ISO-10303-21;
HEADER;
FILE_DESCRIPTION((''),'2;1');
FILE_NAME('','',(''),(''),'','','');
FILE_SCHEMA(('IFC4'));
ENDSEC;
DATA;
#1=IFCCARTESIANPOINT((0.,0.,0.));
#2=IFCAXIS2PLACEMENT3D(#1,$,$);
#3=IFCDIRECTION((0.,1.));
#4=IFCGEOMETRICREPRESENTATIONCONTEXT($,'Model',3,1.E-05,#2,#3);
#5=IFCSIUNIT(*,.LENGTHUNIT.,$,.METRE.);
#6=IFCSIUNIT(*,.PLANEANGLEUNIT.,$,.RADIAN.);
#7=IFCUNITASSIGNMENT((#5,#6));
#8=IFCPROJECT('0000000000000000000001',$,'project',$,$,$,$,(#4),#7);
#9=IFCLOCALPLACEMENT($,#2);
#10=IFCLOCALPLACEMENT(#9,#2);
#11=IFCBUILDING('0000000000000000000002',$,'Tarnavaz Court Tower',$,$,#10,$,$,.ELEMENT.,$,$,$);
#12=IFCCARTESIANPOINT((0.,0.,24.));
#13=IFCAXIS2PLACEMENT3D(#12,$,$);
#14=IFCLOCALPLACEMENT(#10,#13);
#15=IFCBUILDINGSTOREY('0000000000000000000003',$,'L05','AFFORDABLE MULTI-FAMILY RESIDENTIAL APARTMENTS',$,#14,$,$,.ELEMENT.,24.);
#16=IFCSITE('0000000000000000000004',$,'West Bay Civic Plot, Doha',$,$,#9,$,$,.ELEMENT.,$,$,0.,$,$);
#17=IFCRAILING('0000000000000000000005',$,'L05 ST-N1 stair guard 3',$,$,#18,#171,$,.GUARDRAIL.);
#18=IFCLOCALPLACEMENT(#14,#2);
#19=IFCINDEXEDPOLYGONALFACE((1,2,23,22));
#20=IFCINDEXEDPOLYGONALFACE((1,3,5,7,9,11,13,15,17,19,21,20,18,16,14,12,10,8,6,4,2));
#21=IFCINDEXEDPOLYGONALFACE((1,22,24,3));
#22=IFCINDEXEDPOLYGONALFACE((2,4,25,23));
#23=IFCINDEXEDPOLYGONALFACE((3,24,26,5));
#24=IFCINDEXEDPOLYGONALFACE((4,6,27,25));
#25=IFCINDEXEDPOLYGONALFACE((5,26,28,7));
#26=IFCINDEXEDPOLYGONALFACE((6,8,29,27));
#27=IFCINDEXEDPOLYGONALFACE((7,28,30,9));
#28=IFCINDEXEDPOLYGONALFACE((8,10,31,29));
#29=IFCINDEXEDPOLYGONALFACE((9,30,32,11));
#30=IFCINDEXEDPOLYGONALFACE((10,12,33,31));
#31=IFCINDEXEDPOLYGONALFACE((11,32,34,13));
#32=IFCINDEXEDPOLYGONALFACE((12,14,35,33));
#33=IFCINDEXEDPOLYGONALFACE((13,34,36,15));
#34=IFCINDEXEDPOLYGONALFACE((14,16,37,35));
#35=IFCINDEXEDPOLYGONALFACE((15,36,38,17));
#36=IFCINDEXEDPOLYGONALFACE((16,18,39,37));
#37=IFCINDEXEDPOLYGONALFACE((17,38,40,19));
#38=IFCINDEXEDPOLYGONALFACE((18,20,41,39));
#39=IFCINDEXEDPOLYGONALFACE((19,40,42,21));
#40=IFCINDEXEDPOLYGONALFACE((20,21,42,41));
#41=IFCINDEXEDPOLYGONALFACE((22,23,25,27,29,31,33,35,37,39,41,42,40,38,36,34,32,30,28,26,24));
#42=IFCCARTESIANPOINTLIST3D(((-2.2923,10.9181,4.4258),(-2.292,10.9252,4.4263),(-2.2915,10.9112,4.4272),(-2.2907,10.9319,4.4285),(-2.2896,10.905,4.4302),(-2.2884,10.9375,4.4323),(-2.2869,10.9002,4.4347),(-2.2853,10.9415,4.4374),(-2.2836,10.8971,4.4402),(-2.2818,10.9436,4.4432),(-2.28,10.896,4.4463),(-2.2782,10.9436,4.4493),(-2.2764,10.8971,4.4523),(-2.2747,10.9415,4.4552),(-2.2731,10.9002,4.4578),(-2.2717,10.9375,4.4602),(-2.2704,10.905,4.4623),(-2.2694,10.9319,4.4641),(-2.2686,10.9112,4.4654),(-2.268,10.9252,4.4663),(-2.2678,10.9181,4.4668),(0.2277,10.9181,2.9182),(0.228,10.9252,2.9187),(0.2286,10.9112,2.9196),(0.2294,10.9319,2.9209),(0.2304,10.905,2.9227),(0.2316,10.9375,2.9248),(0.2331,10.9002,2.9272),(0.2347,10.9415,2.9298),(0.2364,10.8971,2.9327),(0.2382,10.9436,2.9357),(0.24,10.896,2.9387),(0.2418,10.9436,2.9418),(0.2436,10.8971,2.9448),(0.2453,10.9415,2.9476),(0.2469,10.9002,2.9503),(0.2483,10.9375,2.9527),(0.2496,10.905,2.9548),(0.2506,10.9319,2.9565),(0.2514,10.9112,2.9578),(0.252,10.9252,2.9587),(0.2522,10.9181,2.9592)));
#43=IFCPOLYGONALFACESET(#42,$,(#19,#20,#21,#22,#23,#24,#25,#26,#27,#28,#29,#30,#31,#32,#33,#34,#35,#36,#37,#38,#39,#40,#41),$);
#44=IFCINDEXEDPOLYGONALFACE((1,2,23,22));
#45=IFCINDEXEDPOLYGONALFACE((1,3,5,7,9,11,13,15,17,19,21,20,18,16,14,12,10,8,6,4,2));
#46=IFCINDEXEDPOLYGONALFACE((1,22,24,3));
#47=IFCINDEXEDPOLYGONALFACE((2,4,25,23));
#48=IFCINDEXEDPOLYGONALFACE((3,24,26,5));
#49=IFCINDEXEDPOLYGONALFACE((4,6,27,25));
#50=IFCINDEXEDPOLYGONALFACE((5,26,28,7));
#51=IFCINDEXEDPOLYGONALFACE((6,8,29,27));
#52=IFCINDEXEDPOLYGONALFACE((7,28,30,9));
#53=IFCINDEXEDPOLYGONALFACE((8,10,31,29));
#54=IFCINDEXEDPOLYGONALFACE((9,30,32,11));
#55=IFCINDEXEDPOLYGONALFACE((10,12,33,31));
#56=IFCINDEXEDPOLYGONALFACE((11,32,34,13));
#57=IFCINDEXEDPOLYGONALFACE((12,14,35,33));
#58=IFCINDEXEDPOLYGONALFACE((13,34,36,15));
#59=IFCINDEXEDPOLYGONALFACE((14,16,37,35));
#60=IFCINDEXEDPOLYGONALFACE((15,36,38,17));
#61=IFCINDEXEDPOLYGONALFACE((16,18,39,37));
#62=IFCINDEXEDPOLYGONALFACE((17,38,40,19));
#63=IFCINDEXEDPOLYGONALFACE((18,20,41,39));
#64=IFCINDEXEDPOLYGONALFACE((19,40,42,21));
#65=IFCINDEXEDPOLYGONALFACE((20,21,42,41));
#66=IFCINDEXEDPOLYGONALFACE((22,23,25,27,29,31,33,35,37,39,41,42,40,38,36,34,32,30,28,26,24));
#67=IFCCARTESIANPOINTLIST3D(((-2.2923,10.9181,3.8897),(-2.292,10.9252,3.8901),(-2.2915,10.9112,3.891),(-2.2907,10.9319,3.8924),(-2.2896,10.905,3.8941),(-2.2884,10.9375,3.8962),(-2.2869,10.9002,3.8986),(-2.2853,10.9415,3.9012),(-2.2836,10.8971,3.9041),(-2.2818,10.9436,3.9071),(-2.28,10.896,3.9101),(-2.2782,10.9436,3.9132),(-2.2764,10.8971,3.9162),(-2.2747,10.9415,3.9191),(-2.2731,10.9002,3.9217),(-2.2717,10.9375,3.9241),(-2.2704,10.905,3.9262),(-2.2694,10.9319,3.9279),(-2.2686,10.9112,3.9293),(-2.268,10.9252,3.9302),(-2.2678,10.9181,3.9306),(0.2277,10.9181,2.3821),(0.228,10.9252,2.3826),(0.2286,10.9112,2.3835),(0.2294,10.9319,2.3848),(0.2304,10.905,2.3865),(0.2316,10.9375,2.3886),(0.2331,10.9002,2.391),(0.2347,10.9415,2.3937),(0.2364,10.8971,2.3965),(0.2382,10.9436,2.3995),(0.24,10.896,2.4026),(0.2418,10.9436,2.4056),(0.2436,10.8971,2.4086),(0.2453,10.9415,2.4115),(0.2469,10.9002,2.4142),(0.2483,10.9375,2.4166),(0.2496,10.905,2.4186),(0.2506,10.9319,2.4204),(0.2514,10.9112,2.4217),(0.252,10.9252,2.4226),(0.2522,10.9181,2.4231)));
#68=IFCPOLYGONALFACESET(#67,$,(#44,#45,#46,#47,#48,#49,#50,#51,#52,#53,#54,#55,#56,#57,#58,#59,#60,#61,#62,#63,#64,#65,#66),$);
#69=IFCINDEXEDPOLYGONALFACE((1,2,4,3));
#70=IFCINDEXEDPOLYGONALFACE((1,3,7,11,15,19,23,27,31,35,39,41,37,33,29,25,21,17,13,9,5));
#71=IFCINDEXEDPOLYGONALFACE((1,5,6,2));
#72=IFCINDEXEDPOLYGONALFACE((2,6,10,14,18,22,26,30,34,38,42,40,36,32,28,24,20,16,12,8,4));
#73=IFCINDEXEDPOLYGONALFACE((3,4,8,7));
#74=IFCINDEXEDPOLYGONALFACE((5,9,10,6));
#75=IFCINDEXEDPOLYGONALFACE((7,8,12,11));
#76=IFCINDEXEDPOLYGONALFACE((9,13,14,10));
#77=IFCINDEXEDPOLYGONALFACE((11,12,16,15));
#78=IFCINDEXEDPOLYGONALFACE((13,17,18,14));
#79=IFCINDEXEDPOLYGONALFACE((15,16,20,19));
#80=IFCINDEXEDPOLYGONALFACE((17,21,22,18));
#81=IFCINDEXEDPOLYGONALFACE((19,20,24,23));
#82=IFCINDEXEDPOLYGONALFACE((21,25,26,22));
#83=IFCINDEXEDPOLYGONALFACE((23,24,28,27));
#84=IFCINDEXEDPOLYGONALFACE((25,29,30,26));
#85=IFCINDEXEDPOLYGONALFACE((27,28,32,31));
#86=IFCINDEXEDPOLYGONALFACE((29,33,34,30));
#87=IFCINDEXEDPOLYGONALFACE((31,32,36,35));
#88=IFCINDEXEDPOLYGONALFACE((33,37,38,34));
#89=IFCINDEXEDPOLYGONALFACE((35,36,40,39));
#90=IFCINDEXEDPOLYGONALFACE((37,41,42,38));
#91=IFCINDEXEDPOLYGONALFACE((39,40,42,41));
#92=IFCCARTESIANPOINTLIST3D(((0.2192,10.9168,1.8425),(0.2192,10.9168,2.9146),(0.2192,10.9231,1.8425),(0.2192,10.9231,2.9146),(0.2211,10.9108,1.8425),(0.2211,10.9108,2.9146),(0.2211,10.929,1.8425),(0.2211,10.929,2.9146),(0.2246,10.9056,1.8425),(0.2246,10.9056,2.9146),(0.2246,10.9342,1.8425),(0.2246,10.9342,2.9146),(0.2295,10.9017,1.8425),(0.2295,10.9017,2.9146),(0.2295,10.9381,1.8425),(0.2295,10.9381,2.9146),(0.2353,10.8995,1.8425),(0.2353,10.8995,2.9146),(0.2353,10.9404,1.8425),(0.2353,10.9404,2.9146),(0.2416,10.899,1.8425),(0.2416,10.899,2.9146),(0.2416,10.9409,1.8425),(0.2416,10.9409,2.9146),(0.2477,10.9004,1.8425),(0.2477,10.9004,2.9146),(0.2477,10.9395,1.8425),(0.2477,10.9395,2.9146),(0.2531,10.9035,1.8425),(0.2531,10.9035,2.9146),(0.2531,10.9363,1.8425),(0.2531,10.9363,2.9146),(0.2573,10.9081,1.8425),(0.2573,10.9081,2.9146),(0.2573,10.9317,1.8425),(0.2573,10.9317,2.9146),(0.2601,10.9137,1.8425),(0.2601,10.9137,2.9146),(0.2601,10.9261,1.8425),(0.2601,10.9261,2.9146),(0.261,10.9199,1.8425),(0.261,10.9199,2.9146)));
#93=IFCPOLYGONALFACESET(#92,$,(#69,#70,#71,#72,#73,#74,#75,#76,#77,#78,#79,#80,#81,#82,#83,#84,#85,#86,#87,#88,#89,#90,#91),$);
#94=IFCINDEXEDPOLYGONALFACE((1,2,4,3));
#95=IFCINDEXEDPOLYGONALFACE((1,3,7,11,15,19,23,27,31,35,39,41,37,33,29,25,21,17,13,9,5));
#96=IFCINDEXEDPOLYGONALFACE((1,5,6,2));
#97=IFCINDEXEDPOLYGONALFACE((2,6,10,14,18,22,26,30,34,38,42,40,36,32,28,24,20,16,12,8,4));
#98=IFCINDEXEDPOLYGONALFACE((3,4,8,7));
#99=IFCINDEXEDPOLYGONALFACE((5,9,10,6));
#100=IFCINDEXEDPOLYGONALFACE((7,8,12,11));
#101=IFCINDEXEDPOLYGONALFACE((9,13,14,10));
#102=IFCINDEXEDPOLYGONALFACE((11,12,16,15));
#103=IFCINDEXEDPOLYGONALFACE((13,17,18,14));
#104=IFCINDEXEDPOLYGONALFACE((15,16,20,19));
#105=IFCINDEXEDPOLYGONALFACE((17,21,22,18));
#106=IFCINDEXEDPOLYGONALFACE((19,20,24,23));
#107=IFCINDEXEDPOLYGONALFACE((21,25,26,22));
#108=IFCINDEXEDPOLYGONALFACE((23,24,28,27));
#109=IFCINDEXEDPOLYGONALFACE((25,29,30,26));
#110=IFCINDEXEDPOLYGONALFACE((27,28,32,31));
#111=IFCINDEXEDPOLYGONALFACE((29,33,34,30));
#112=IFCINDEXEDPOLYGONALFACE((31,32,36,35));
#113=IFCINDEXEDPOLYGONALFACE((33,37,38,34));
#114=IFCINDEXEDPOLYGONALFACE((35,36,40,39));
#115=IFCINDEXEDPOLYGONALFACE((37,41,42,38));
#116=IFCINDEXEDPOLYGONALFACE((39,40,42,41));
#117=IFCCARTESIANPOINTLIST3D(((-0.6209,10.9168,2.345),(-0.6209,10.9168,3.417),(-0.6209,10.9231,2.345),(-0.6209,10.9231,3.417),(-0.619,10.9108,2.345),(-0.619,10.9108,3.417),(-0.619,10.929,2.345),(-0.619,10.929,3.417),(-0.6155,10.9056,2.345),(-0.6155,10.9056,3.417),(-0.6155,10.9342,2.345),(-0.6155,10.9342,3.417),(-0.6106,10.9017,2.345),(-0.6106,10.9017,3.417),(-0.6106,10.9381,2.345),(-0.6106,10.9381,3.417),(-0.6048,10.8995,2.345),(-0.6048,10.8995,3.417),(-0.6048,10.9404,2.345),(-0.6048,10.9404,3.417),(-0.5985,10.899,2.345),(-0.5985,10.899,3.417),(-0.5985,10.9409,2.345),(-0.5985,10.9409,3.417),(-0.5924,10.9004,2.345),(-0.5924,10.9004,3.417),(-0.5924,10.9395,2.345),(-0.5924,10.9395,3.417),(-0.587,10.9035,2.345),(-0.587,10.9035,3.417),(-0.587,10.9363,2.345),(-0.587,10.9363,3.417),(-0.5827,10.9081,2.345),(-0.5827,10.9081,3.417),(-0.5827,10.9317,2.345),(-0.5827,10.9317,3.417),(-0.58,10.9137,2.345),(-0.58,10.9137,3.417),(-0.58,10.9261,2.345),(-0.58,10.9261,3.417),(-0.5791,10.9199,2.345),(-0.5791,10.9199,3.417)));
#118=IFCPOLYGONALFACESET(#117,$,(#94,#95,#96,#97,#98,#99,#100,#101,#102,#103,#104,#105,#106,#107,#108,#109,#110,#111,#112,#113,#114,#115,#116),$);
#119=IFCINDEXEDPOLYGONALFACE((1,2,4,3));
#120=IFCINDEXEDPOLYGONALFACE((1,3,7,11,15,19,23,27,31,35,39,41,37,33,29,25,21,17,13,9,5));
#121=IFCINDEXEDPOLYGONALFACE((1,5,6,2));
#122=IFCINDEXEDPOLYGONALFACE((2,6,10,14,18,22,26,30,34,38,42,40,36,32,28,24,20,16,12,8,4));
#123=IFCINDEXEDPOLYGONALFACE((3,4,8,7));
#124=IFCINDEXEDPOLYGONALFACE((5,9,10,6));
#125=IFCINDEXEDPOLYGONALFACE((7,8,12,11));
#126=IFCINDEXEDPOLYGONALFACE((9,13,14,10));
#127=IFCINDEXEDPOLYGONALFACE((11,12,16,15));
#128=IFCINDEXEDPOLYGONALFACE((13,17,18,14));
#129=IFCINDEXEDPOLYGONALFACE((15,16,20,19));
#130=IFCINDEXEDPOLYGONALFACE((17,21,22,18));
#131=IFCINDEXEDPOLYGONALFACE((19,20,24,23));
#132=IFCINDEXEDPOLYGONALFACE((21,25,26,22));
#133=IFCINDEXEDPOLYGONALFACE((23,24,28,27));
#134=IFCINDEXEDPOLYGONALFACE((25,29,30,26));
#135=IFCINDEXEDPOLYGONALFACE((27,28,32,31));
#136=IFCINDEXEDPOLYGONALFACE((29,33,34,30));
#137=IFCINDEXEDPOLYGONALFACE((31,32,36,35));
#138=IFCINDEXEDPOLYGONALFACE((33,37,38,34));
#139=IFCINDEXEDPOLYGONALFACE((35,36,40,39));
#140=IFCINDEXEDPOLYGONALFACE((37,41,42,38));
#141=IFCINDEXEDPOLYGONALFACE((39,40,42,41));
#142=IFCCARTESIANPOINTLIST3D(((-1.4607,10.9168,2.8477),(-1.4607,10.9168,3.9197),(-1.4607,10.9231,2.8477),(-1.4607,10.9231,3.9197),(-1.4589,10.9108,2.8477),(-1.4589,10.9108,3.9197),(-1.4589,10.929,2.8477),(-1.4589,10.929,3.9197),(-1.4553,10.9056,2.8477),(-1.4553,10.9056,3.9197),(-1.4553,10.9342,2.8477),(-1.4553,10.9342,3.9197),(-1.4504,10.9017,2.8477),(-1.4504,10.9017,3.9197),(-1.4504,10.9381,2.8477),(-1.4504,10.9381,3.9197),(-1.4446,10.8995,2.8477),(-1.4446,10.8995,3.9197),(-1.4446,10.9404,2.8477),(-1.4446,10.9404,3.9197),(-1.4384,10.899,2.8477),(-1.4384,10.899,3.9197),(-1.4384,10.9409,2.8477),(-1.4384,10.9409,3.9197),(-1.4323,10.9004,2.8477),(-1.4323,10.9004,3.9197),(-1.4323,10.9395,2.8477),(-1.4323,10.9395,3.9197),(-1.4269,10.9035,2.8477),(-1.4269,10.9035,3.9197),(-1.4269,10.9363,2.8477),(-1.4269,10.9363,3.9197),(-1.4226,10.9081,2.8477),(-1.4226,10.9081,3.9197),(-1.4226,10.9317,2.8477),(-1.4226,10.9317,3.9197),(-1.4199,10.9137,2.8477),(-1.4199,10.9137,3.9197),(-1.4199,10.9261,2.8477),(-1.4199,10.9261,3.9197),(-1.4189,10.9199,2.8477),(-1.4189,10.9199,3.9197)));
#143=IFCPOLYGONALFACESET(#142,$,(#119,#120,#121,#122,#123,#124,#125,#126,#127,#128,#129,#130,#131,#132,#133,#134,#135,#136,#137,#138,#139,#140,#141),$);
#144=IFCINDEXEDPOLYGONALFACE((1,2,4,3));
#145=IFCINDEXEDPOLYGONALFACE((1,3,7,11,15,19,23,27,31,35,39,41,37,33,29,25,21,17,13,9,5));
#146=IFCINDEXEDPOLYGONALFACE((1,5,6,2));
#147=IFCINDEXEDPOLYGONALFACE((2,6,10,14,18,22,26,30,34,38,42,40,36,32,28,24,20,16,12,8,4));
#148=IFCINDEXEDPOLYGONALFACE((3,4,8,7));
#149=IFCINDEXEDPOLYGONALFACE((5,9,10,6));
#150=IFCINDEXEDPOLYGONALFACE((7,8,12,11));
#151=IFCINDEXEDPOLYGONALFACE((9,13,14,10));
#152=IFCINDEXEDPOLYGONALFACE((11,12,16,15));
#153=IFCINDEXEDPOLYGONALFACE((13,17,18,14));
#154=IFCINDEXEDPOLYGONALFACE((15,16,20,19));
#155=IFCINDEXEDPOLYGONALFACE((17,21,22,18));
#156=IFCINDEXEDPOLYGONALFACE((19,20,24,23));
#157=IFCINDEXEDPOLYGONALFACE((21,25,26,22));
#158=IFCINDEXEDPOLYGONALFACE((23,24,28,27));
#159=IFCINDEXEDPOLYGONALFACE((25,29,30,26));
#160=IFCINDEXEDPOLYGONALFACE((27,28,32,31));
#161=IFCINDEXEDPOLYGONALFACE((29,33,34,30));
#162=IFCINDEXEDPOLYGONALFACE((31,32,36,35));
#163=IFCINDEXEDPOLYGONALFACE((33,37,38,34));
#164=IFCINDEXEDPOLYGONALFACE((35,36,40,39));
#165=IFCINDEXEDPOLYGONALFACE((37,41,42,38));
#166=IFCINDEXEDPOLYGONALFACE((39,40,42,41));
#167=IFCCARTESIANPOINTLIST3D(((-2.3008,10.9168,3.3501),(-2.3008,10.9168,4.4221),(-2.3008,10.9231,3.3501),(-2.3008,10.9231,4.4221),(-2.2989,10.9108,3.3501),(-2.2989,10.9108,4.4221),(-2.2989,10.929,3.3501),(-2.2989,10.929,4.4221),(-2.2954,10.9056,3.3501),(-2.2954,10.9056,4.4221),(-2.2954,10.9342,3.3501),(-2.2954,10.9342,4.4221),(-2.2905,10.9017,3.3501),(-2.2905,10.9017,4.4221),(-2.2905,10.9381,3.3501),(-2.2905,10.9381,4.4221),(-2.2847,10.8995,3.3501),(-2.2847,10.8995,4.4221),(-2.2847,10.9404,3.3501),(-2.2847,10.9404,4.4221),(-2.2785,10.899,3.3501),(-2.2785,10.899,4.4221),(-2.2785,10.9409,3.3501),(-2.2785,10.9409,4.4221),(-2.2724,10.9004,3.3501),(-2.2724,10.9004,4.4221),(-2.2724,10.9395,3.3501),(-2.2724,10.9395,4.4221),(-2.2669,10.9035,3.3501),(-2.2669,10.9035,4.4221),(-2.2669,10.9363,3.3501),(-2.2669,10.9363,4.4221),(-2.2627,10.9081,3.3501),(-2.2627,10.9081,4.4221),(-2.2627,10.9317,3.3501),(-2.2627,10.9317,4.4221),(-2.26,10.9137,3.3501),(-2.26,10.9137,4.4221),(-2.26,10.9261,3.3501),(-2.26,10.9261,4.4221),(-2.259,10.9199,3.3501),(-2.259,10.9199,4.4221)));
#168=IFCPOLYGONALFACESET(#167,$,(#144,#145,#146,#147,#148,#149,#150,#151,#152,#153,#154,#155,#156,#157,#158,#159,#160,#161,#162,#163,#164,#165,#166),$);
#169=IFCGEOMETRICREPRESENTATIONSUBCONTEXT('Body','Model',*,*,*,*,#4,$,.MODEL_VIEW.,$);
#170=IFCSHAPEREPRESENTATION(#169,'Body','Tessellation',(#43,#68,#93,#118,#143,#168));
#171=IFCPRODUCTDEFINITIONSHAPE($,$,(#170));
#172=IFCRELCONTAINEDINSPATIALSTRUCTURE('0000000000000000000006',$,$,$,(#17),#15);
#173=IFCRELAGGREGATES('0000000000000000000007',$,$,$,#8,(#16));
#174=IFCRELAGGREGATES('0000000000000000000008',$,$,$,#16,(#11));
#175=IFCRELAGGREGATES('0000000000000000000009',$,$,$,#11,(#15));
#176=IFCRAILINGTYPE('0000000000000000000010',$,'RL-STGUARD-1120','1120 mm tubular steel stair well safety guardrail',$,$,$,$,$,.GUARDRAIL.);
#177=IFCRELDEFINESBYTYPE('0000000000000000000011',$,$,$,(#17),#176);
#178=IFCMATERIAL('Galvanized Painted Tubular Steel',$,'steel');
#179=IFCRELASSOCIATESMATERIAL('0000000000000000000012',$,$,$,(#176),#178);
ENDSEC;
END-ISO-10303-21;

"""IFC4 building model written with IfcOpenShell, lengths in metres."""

from ifc_helpers import new_model, si_unit, direction, frame, origin, origin_2d, place, context, subcontext, project, spatial, circle, extrude, material, type_object, element, save


model = new_model("IFC4")

# Units and contexts
model_context = context("Model", 3, precision=1e-05, world=origin(), true_north=direction((0.0, 1.0)))
body_context = subcontext(model_context, "Body", "Model", "MODEL_VIEW")
ifc_project = project(units=[si_unit("LENGTHUNIT", "METRE"), si_unit("PLANEANGLEUNIT", "RADIAN")], contexts=[model_context])

# Site, building, storey
site_placement = place(None, origin())
site = spatial("IfcSite", under=ifc_project, at=site_placement, Name="West Bay Civic Plot, Doha", CompositionType="ELEMENT", RefElevation=0.0)
building_placement = place(site_placement, origin())
building = spatial("IfcBuilding", under=site, at=building_placement, Name="Tarnavaz Court Tower", CompositionType="ELEMENT")
storey_placement = place(building_placement, frame((0.0, 0.0, 24.0)))
storey = spatial("IfcBuildingStorey", under=building, at=storey_placement, Name="L05", Description="AFFORDABLE MULTI-FAMILY RESIDENTIAL APARTMENTS", CompositionType="ELEMENT", Elevation=24.0)

# Railing
ifc_material_1 = material(Name="Galvanized Painted Tubular Steel", Category="steel")
railing_type_1 = type_object("IfcRailingType", Name="RL-STGUARD-1120", Description="1120 mm tubular steel stair well safety guardrail", PredefinedType="GUARDRAIL", material=ifc_material_1)
railing_1_placement = place(storey_placement, frame((0.24, 10.9199, 1.8425)))
element("IfcRailing", 1, at=railing_1_placement, inside=storey, type_object=railing_type_1, Name="L05 ST-N1 stair guard 3", PredefinedType="GUARDRAIL", context=body_context, shape_type="SweptSolid", body=[
    extrude(circle(Radius=0.0239, at=origin_2d()), frame((0.0, 0.0, 1.0962), z_axis=(-0.85816, 0.0, 0.513383), x_axis=(0.0, -1.0, 0.0)), (0.0, 0.0, 1.0), 2.9365),
    extrude(circle(Radius=0.0239, at=origin_2d()), frame((0.0, 0.0, 0.5601), z_axis=(-0.85816, 0.0, 0.513383), x_axis=(0.0, -1.0, 0.0)), (0.0, 0.0, 1.0), 2.9365),
    extrude(circle(Radius=0.021, at=origin_2d()), origin(), (0.0, 0.0, 1.0), 1.072),
    extrude(circle(Radius=0.021, at=origin_2d()), frame((-0.8401, 0.0, 0.5024)), (0.0, 0.0, 1.0), 1.072),
    extrude(circle(Radius=0.021, at=origin_2d()), frame((-1.6799, 0.0, 1.0051)), (0.0, 0.0, 1.0), 1.072),
    extrude(circle(Radius=0.021, at=origin_2d()), frame((-2.52, 0.0, 1.5076)), (0.0, 0.0, 1.0), 1.072),
])

save(model, "model.ifc")
